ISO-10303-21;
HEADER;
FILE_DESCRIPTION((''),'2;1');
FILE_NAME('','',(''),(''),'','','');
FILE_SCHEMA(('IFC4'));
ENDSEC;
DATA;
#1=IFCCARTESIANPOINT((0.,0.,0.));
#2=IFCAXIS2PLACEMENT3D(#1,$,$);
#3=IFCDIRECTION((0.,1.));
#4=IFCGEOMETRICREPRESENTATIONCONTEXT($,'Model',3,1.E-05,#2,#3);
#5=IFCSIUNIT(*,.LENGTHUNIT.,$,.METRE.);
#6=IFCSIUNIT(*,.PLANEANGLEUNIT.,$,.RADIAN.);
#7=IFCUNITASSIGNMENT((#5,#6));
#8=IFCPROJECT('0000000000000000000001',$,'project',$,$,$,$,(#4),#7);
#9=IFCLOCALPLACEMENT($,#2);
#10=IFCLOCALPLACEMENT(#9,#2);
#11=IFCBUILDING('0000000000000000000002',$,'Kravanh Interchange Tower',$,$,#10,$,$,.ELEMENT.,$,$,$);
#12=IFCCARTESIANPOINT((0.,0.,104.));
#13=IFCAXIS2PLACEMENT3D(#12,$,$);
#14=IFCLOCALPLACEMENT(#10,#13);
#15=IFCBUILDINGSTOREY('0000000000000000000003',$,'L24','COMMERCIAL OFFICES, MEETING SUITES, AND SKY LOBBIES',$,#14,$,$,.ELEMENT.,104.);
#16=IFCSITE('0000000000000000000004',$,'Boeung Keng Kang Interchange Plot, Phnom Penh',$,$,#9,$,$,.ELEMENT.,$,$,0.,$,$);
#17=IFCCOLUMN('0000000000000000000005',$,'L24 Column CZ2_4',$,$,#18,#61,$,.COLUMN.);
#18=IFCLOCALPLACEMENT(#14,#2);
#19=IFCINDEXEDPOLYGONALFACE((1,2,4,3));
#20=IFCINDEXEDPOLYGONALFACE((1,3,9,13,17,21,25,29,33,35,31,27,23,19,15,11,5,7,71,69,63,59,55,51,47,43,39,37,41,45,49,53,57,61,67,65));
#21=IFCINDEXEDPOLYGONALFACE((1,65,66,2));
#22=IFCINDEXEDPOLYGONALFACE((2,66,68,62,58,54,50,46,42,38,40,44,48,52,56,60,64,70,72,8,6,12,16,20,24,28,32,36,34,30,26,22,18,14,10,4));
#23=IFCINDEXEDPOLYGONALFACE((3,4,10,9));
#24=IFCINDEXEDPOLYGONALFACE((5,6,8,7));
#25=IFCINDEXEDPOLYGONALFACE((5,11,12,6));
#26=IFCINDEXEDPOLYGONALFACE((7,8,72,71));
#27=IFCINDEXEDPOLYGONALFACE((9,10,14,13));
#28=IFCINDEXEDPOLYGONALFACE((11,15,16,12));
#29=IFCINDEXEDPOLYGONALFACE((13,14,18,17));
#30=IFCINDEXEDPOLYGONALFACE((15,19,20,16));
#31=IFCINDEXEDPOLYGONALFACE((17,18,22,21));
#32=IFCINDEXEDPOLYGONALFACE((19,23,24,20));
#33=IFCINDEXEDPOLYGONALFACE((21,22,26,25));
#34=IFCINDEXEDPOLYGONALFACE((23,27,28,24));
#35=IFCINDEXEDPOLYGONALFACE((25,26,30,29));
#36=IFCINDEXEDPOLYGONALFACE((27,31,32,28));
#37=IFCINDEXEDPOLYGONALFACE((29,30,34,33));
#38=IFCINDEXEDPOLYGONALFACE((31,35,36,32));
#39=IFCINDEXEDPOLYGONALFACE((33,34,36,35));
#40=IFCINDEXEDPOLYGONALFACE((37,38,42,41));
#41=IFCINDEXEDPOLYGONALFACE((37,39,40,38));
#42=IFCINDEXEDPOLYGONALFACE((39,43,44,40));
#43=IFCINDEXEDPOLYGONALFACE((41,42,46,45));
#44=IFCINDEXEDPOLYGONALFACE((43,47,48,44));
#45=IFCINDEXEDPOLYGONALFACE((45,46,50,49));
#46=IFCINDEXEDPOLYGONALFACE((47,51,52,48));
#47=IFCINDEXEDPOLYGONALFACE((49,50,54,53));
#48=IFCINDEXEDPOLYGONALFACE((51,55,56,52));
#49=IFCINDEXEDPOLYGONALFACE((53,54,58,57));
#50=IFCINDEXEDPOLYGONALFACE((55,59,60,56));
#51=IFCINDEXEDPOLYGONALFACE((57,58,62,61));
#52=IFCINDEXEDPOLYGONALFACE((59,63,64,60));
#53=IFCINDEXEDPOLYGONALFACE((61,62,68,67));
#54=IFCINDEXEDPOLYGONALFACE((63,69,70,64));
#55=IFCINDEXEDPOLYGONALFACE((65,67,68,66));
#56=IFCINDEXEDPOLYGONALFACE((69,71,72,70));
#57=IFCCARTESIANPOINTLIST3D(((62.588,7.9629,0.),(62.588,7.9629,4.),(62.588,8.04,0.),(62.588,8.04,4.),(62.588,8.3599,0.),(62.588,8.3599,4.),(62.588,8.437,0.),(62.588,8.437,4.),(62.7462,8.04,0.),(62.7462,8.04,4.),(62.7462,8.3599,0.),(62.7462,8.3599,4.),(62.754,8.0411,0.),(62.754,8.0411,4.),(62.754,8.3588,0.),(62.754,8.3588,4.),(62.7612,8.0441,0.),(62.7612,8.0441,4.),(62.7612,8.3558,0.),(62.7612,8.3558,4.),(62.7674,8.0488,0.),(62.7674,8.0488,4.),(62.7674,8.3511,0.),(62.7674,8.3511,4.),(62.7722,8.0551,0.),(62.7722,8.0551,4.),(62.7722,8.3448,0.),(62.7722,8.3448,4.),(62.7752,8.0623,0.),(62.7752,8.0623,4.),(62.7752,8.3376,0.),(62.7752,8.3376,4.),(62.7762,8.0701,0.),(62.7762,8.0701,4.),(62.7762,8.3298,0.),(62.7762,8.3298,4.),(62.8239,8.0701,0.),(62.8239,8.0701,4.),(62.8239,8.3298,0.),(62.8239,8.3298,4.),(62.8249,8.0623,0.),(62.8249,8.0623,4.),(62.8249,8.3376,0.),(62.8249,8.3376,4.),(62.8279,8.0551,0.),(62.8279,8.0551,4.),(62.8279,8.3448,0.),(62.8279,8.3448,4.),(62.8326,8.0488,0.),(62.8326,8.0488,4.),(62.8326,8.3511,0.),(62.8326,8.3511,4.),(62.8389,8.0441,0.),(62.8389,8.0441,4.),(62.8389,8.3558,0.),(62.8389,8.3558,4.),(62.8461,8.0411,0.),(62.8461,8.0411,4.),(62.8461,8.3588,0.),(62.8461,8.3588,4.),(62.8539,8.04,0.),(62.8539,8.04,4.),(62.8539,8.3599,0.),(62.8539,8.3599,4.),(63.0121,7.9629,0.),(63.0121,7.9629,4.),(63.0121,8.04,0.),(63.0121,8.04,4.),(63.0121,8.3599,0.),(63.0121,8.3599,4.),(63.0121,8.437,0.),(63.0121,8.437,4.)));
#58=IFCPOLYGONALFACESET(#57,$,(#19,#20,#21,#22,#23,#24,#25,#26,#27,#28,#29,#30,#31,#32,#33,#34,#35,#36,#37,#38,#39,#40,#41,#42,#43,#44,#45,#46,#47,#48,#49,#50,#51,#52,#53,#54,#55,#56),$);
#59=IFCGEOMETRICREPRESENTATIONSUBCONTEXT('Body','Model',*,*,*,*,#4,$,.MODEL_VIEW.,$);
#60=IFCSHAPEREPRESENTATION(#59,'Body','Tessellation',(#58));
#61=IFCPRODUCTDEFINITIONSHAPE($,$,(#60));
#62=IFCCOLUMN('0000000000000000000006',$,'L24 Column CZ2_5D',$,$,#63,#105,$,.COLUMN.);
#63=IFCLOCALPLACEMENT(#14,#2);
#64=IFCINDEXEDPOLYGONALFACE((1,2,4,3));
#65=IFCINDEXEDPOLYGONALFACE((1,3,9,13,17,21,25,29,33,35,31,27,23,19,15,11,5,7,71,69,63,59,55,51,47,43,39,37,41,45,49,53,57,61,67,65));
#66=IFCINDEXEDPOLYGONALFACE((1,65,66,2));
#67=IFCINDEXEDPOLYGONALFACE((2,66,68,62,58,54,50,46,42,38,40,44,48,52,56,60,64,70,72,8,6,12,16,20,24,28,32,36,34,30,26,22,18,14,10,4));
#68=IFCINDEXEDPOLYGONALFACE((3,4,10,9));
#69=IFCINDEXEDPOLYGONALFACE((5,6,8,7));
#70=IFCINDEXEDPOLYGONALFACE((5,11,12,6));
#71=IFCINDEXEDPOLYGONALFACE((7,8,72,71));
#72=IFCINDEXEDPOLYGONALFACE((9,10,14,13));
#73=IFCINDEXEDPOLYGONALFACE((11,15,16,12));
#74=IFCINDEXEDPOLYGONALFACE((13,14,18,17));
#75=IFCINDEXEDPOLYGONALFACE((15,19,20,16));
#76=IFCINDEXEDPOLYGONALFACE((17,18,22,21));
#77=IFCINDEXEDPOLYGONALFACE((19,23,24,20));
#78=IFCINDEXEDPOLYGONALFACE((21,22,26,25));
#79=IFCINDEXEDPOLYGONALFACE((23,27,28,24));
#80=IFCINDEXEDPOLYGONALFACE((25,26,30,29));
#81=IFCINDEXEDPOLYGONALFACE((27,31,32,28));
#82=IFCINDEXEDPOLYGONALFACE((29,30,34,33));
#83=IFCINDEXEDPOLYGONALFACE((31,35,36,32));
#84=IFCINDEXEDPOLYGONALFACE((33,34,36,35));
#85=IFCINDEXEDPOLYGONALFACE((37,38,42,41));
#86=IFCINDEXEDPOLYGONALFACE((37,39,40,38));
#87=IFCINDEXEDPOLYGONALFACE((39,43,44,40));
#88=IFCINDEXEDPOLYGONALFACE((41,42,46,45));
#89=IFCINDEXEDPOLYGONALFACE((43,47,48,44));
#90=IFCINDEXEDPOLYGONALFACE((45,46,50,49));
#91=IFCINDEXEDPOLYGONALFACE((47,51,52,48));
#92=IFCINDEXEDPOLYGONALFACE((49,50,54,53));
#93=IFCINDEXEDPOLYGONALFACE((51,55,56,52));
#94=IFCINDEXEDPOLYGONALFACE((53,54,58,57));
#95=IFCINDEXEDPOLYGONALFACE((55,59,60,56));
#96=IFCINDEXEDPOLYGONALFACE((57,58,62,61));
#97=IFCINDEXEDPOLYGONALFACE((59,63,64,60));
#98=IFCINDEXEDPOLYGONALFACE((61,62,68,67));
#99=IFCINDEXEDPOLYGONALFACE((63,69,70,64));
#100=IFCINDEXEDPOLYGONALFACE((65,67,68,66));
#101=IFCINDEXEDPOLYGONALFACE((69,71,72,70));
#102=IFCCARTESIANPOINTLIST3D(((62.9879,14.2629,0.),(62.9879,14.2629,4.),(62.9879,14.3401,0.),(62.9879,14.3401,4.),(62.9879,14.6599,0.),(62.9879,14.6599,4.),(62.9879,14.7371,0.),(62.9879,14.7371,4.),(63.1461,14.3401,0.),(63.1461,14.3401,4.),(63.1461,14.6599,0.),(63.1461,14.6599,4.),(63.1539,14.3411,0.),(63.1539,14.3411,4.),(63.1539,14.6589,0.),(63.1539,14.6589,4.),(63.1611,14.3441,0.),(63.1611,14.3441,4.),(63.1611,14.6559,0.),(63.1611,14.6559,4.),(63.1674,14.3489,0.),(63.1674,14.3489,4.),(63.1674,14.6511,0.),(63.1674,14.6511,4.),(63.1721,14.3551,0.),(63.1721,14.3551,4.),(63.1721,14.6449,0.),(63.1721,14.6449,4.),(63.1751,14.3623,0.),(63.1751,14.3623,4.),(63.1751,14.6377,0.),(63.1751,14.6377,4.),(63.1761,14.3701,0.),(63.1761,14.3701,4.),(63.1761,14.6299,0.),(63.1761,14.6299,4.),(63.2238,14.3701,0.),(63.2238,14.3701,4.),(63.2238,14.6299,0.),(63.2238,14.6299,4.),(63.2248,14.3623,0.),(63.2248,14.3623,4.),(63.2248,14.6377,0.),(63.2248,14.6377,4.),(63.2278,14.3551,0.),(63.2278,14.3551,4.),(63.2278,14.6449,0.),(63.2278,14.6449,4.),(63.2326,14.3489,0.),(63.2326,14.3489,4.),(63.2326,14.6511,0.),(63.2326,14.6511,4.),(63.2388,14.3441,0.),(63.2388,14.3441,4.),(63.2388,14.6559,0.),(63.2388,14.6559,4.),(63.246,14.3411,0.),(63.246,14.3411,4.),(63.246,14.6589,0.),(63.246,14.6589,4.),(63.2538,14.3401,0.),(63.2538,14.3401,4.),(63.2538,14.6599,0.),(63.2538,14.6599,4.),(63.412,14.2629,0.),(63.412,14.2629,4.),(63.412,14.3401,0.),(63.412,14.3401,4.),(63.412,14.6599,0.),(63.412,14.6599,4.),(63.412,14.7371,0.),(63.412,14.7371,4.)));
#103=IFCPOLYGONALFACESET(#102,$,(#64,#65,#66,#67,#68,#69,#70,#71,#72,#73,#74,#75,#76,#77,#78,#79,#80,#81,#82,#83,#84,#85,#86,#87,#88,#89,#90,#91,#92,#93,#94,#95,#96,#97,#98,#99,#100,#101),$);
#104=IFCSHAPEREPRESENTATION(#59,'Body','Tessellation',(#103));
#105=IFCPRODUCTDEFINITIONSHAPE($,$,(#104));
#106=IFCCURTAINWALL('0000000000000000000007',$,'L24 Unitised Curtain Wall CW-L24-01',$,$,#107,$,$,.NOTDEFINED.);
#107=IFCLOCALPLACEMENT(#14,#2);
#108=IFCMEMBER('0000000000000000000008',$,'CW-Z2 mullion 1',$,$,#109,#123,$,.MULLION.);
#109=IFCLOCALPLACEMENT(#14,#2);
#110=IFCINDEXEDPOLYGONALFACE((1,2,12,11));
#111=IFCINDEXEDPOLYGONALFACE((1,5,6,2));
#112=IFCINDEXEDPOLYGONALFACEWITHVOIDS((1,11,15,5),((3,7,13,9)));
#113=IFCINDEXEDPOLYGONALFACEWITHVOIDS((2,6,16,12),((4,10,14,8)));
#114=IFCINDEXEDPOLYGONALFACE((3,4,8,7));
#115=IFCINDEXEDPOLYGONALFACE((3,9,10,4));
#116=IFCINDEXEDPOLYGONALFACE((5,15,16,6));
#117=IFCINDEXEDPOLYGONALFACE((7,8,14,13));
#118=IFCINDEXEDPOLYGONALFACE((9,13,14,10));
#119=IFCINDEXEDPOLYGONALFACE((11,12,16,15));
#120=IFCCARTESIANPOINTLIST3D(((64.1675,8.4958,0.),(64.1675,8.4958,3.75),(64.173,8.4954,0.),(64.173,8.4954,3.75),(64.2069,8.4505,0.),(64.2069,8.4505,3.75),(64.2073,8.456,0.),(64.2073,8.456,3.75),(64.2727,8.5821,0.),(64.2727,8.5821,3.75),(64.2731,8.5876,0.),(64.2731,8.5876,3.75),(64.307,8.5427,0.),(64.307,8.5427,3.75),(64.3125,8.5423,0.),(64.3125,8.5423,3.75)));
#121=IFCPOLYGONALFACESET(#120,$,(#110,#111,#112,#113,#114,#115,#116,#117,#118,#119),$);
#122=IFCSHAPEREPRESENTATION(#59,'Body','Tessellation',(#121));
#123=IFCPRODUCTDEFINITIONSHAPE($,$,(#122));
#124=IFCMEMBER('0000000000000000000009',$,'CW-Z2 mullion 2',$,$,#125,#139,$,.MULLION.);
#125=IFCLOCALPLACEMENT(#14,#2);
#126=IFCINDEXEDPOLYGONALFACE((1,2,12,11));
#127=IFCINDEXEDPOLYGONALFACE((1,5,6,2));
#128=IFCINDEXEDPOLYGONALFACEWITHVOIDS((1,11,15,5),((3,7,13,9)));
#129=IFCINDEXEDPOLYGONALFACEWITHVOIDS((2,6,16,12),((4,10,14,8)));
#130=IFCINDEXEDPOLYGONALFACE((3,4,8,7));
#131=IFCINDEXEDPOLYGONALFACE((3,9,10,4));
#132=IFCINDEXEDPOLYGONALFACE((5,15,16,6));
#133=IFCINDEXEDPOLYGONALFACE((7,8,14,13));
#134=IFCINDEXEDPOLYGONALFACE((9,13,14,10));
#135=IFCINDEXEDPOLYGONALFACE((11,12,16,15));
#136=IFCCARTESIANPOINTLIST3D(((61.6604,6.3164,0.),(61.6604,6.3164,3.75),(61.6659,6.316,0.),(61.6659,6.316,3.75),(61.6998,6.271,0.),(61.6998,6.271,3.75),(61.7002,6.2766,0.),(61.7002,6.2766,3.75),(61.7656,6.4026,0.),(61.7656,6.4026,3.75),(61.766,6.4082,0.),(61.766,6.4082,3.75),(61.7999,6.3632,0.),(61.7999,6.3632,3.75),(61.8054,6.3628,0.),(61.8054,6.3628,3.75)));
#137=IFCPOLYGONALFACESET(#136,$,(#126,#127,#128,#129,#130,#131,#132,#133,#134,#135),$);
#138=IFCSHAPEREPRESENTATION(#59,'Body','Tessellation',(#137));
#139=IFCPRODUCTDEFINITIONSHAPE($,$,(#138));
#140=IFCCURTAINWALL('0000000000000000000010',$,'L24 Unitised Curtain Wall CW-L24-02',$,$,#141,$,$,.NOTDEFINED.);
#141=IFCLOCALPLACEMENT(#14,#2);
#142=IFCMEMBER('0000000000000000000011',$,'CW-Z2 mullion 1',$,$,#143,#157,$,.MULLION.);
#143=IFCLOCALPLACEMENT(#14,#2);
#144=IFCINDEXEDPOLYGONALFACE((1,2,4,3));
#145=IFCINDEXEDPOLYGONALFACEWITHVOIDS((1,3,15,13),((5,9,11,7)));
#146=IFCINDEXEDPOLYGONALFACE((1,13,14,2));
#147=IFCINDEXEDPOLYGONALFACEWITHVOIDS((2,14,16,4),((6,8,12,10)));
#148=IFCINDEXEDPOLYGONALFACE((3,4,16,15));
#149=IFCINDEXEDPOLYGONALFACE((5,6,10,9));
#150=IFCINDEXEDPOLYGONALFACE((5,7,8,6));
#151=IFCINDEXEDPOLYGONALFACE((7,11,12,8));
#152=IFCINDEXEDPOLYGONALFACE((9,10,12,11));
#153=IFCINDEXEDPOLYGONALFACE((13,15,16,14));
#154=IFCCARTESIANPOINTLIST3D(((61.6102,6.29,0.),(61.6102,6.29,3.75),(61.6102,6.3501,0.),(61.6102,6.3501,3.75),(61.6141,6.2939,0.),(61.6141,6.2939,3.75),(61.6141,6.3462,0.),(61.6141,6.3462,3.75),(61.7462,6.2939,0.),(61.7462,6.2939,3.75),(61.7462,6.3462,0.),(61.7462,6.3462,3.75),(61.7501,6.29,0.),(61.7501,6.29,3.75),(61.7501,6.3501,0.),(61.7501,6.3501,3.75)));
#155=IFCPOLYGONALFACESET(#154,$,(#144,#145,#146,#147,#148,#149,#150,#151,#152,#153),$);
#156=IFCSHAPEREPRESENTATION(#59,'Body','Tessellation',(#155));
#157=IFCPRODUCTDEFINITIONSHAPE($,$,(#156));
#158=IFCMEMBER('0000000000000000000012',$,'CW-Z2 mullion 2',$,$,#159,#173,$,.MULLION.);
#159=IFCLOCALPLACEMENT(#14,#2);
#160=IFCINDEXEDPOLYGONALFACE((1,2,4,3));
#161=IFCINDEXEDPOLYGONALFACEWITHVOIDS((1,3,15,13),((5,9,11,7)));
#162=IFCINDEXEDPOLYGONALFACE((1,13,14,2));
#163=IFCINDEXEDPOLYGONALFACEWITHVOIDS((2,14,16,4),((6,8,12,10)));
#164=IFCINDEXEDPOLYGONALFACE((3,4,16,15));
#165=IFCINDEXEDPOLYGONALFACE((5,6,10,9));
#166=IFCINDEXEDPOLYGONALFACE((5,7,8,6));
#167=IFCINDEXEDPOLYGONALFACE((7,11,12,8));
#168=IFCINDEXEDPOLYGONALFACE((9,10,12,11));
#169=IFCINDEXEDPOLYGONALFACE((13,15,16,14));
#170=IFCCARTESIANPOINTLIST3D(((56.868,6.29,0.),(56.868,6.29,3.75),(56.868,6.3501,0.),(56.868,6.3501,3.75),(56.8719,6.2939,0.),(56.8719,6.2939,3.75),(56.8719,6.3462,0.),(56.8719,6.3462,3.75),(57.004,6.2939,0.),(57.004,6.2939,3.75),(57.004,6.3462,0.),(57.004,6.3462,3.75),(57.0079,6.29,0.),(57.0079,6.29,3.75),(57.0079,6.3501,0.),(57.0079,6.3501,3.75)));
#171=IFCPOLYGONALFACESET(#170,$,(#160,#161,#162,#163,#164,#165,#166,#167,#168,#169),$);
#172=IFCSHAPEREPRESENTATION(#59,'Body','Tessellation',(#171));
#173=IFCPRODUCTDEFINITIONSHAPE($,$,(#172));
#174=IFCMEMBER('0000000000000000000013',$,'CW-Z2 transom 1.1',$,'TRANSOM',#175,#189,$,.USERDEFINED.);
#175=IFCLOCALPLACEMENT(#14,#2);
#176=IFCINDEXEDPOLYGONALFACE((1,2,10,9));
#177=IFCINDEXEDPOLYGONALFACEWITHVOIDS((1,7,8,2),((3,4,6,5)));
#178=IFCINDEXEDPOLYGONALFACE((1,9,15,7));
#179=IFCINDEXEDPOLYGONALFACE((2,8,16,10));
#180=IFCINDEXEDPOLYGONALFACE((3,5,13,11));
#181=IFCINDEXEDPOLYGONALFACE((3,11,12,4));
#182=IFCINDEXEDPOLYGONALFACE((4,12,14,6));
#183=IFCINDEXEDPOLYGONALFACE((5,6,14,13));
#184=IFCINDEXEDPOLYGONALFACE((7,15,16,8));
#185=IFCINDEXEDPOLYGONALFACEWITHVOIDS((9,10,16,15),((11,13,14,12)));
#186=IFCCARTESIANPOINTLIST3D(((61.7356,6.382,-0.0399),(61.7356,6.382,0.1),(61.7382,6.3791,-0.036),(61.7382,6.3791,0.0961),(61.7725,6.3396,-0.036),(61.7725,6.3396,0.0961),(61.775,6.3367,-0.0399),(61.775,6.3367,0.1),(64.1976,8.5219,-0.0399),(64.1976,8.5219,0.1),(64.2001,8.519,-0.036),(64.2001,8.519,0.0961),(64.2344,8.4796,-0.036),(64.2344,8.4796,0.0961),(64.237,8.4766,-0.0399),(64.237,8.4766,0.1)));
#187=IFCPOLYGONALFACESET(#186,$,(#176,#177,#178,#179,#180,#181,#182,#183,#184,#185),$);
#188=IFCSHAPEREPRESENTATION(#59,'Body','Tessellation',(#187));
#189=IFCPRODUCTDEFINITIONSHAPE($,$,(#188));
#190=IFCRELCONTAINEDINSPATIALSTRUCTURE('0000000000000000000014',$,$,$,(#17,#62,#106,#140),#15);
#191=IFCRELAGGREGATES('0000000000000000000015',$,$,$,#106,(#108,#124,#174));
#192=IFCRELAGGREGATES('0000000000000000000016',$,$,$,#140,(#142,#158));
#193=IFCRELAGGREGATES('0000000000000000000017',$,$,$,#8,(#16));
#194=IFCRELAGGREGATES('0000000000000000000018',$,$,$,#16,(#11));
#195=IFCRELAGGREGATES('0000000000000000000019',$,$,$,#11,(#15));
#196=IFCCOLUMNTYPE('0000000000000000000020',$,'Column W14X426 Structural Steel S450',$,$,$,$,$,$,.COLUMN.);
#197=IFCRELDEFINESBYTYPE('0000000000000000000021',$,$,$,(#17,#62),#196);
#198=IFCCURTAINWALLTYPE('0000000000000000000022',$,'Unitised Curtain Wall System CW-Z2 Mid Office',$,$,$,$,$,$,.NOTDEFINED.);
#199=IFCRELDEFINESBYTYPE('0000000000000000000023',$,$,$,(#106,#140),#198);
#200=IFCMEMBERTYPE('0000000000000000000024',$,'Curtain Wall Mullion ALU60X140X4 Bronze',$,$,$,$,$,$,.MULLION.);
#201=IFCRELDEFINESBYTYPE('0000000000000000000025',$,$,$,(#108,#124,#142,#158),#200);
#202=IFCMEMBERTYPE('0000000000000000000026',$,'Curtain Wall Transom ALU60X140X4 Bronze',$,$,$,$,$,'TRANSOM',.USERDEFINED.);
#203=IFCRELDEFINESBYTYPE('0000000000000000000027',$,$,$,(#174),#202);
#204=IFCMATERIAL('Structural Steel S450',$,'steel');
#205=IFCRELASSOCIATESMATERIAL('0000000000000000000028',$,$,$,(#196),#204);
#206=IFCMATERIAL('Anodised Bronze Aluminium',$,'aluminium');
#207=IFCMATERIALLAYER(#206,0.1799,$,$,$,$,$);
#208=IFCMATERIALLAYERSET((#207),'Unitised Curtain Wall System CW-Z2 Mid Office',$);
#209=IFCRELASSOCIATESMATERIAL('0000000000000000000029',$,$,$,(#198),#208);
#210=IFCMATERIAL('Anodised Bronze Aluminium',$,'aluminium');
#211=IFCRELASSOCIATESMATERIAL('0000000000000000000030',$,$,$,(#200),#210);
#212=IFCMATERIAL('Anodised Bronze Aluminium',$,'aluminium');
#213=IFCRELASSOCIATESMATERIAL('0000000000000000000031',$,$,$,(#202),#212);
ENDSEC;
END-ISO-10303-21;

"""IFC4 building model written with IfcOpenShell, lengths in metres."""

from ifc_helpers import new_model, si_unit, direction, frame, origin, origin_2d, place, context, subcontext, project, spatial, hollow_rectangle, i_section, extrude, material, layer, layer_set, material_profile, profile_set, type_object, element, aggregate, save


model = new_model("IFC4")

# Units and contexts
model_context = context("Model", 3, precision=1e-05, world=origin(), true_north=direction((0.0, 1.0)))
body_context = subcontext(model_context, "Body", "Model", "MODEL_VIEW")
ifc_project = project(units=[si_unit("LENGTHUNIT", "METRE"), si_unit("PLANEANGLEUNIT", "RADIAN")], contexts=[model_context])

# Site, building, storey
site_placement = place(None, origin())
site = spatial("IfcSite", under=ifc_project, at=site_placement, Name="Boeung Keng Kang Interchange Plot, Phnom Penh", CompositionType="ELEMENT", RefElevation=0.0)
building_placement = place(site_placement, origin())
building = spatial("IfcBuilding", under=site, at=building_placement, Name="Kravanh Interchange Tower", CompositionType="ELEMENT")
storey_placement = place(building_placement, frame((0.0, 0.0, 104.0)))
storey = spatial("IfcBuildingStorey", under=building, at=storey_placement, Name="L24", Description="COMMERCIAL OFFICES, MEETING SUITES, AND SKY LOBBIES", CompositionType="ELEMENT", Elevation=104.0)

# Columns
ifc_material_1 = material(Name="Structural Steel S450", Category="steel")
ifc_material_profile_1 = material_profile(ifc_material_1, i_section(OverallWidth=0.4241, OverallDepth=0.4741, WebThickness=0.0476, FlangeThickness=0.0771, FilletRadius=0.03, at=origin_2d()), Name="W14X426")
ifc_profile_set_1 = profile_set([ifc_material_profile_1], Name="Structural Steel S450")
column_type = type_object("IfcColumnType", Name="Column W14X426 Structural Steel S450", PredefinedType="COLUMN", material=ifc_profile_set_1)
for number, where, z_axis, x_axis, name in (
    (1, (62.8, 8.2, 0.0), (0.0, 0.0, 1.0), (1.0, 0.0, 0.0), "L24 Column CZ2_4"),
    (2, (63.2, 14.5, 0.0), (0.0, 0.0, 1.0), (1.0, 0.0, 0.0), "L24 Column CZ2_5D"),
):
    element("IfcColumn", number, at=place(storey_placement, frame(where, z_axis=z_axis, x_axis=x_axis)), inside=storey, type_object=column_type, Name=name, PredefinedType="COLUMN", context=body_context, shape_type="SweptSolid", body=[
        extrude(i_section(OverallWidth=0.4241, OverallDepth=0.4741, WebThickness=0.0476, FlangeThickness=0.0771, FilletRadius=0.03, at=origin_2d()), origin(), (0.0, 0.0, 1.0), 4.0),
    ])

# Curtain walls, members
ifc_material_2 = material(Name="Anodised Bronze Aluminium", Category="aluminium")
ifc_layer_1 = layer(ifc_material_2, 0.1799)
ifc_layer_set_1 = layer_set([ifc_layer_1], Name="Unitised Curtain Wall System CW-Z2 Mid Office")
curtain_wall_type = type_object("IfcCurtainWallType", Name="Unitised Curtain Wall System CW-Z2 Mid Office", PredefinedType="NOTDEFINED", material=ifc_layer_set_1)
curtain_wall_1_placement = place(storey_placement, origin())
curtain_wall_1 = element("IfcCurtainWall", 3, at=curtain_wall_1_placement, inside=storey, type_object=curtain_wall_type, Name="L24 Unitised Curtain Wall CW-L24-01", PredefinedType="NOTDEFINED")
ifc_material_3 = material(Name="Anodised Bronze Aluminium", Category="aluminium")
ifc_material_profile_2 = material_profile(ifc_material_3, hollow_rectangle(XDim=0.0601, YDim=0.1399, WallThickness=0.0039, at=origin_2d()), Name="ALU60X140X4")
ifc_profile_set_2 = profile_set([ifc_material_profile_2], Name="Anodised Bronze Aluminium")
member_type_1 = type_object("IfcMemberType", Name="Curtain Wall Mullion ALU60X140X4 Bronze", PredefinedType="MULLION", material=ifc_profile_set_2)
member_1_placement = place(storey_placement, frame((64.24, 8.519, 0.0), z_axis=(0.0, 0.0, 1.0), x_axis=(0.656048, -0.754719, 0.0)))
member_1 = element("IfcMember", 4, at=member_1_placement, type_object=member_type_1, Name="CW-Z2 mullion 1", PredefinedType="MULLION", context=body_context, shape_type="SweptSolid", body=[
    extrude(hollow_rectangle(XDim=0.0601, YDim=0.1399, WallThickness=0.0039, at=origin_2d()), origin(), (0.0, 0.0, 1.0), 3.75),
])
member_2_placement = place(storey_placement, frame((61.7329, 6.3396, 0.0), z_axis=(0.0, 0.0, 1.0), x_axis=(0.656048, -0.754719, 0.0)))
member_2 = element("IfcMember", 5, at=member_2_placement, type_object=member_type_1, Name="CW-Z2 mullion 2", PredefinedType="MULLION", context=body_context, shape_type="SweptSolid", body=[
    extrude(hollow_rectangle(XDim=0.0601, YDim=0.1399, WallThickness=0.0039, at=origin_2d()), origin(), (0.0, 0.0, 1.0), 3.75),
])
curtain_wall_2_placement = place(storey_placement, origin())
curtain_wall_2 = element("IfcCurtainWall", 6, at=curtain_wall_2_placement, inside=storey, type_object=curtain_wall_type, Name="L24 Unitised Curtain Wall CW-L24-02", PredefinedType="NOTDEFINED")
member_3_placement = place(storey_placement, frame((61.6802, 6.3201, 0.0), z_axis=(0.0, 0.0, 1.0), x_axis=(0.0, -1.0, 0.0)))
member_3 = element("IfcMember", 7, at=member_3_placement, type_object=member_type_1, Name="CW-Z2 mullion 1", PredefinedType="MULLION", context=body_context, shape_type="SweptSolid", body=[
    extrude(hollow_rectangle(XDim=0.0601, YDim=0.1399, WallThickness=0.0039, at=origin_2d()), origin(), (0.0, 0.0, 1.0), 3.75),
])
member_4_placement = place(storey_placement, frame((56.938, 6.3201, 0.0), z_axis=(0.0, 0.0, 1.0), x_axis=(0.0, -1.0, 0.0)))
member_4 = element("IfcMember", 8, at=member_4_placement, type_object=member_type_1, Name="CW-Z2 mullion 2", PredefinedType="MULLION", context=body_context, shape_type="SweptSolid", body=[
    extrude(hollow_rectangle(XDim=0.0601, YDim=0.1399, WallThickness=0.0039, at=origin_2d()), origin(), (0.0, 0.0, 1.0), 3.75),
])

# Member
ifc_material_4 = material(Name="Anodised Bronze Aluminium", Category="aluminium")
ifc_material_profile_3 = material_profile(ifc_material_4, hollow_rectangle(XDim=0.0601, YDim=0.1399, WallThickness=0.0039, at=origin_2d()), Name="ALU60X140X4")
ifc_profile_set_3 = profile_set([ifc_material_profile_3], Name="Anodised Bronze Aluminium")
member_type_2 = type_object("IfcMemberType", Name="Curtain Wall Transom ALU60X140X4 Bronze", ElementType="TRANSOM", PredefinedType="USERDEFINED", material=ifc_profile_set_3)
member_5_placement = place(storey_placement, frame((64.2173, 8.4993, 0.03), z_axis=(-0.754742, -0.656021, 0.0), x_axis=(0.656021, -0.754742, 0.0)))
member_5 = element("IfcMember", 9, at=member_5_placement, type_object=member_type_2, Name="CW-Z2 transom 1.1", ObjectType="TRANSOM", PredefinedType="USERDEFINED", context=body_context, shape_type="SweptSolid", body=[
    extrude(hollow_rectangle(XDim=0.0601, YDim=0.1399, WallThickness=0.0039, at=origin_2d()), origin(), (0.0, 0.0, 1.0), 3.262),
])

aggregate(curtain_wall_1, [member_1, member_2, member_5])
aggregate(curtain_wall_2, [member_3, member_4])

save(model, "model.ifc")
